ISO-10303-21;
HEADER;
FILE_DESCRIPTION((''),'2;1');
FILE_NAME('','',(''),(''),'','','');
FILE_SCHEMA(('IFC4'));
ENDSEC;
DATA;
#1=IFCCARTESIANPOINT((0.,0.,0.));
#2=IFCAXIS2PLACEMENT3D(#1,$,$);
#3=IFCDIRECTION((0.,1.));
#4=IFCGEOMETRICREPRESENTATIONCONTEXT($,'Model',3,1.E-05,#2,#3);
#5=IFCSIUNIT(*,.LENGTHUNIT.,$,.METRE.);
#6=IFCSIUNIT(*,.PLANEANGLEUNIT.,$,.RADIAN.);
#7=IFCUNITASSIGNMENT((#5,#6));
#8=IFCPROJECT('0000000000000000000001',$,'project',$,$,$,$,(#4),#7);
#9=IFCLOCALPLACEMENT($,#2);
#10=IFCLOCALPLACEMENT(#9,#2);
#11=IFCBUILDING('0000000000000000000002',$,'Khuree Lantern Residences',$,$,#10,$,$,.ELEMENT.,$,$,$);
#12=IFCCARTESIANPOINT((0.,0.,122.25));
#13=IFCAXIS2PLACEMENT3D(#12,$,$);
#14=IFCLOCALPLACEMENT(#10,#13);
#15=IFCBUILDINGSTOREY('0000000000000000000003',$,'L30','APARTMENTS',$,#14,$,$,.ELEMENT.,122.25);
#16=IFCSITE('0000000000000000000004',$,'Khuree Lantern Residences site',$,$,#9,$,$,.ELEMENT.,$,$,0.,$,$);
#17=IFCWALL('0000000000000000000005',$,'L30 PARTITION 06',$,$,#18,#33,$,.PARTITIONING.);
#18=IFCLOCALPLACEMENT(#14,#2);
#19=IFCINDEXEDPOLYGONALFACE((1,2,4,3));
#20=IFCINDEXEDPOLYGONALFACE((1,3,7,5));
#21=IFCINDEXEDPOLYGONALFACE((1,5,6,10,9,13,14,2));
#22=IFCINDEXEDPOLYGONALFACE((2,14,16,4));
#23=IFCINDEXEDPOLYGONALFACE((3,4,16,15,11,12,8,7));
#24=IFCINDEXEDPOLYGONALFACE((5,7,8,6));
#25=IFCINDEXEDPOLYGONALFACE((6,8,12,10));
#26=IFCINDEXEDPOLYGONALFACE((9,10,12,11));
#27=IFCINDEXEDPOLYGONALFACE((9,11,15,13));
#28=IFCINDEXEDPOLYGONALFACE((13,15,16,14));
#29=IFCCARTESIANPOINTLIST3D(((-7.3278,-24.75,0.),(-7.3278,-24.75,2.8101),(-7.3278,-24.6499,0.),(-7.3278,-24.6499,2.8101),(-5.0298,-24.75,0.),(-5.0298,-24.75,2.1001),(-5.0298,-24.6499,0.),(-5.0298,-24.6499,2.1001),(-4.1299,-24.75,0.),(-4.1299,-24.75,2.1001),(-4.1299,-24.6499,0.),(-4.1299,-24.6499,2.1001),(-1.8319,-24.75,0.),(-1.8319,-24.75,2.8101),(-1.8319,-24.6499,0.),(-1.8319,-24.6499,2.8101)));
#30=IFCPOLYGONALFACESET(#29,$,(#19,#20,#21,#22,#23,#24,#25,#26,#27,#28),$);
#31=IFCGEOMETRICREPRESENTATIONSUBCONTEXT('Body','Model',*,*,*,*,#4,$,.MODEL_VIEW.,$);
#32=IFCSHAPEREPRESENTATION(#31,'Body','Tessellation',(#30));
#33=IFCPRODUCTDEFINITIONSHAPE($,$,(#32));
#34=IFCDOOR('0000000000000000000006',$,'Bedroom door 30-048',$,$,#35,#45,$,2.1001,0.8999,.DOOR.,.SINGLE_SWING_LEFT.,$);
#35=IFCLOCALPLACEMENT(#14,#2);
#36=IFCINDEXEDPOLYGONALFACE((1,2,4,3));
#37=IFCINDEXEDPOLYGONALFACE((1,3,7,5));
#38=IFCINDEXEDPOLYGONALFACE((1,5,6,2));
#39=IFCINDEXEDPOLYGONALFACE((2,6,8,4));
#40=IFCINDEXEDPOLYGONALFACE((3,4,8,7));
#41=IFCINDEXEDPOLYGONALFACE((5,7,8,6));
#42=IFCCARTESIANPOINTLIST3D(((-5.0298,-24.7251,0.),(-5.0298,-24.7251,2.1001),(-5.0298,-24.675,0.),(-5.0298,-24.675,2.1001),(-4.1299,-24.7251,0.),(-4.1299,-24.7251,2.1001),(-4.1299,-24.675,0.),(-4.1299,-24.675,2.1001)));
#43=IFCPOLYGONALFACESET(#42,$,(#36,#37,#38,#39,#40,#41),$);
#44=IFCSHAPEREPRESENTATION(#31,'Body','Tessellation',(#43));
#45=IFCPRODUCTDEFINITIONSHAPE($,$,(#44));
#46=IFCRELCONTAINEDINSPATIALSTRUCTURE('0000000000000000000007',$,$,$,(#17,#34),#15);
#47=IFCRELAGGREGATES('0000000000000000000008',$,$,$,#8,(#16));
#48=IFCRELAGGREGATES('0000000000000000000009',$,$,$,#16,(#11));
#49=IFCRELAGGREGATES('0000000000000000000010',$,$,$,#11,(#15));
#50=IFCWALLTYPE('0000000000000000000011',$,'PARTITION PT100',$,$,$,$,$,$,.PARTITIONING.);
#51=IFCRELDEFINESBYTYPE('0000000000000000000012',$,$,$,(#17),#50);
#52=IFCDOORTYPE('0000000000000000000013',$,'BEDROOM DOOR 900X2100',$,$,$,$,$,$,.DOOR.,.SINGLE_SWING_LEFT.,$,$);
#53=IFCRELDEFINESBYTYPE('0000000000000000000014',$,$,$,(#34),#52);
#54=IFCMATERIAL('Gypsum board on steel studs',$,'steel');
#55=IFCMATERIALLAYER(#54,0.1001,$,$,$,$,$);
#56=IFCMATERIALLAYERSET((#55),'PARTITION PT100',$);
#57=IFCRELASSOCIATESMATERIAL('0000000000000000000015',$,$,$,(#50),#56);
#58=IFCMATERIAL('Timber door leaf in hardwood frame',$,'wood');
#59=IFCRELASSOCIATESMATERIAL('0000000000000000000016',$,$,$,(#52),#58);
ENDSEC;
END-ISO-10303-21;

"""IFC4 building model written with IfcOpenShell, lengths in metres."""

from ifc_helpers import new_model, si_unit, direction, frame, frame_2d, origin, place, context, subcontext, project, spatial, rectangle, extrude, material, layer, layer_set, type_object, element, fill, save


model = new_model("IFC4")

# Units and contexts
model_context = context("Model", 3, precision=1e-05, world=origin(), true_north=direction((0.0, 1.0)))
body_context = subcontext(model_context, "Body", "Model", "MODEL_VIEW")
ifc_project = project(units=[si_unit("LENGTHUNIT", "METRE"), si_unit("PLANEANGLEUNIT", "RADIAN")], contexts=[model_context])

# Site, building, storey
site_placement = place(None, origin())
site = spatial("IfcSite", under=ifc_project, at=site_placement, Name="Khuree Lantern Residences site", CompositionType="ELEMENT", RefElevation=0.0)
building_placement = place(site_placement, origin())
building = spatial("IfcBuilding", under=site, at=building_placement, Name="Khuree Lantern Residences", CompositionType="ELEMENT")
storey_placement = place(building_placement, frame((0.0, 0.0, 122.25)))
storey = spatial("IfcBuildingStorey", under=building, at=storey_placement, Name="L30", Description="APARTMENTS", CompositionType="ELEMENT", Elevation=122.25)

# Shared definitions
ifc_material_1 = material(Name="Gypsum board on steel studs", Category="steel")
ifc_layer_1 = layer(ifc_material_1, 0.1001)
ifc_layer_set_1 = layer_set([ifc_layer_1], Name="PARTITION PT100")
wall_type = type_object("IfcWallType", Name="PARTITION PT100", PredefinedType="PARTITIONING", material=ifc_layer_set_1)

# Shared definitions
ifc_material_2 = material(Name="Timber door leaf in hardwood frame", Category="wood")
door_type_1 = type_object("IfcDoorType", Name="BEDROOM DOOR 900X2100", OperationType="SINGLE_SWING_LEFT", PredefinedType="DOOR", material=ifc_material_2)

# Wall, opening, door
wall_1_placement = place(storey_placement, frame((-7.3279, -24.7, 0.0), z_axis=(0.0, 0.0, 1.0), x_axis=(1.0, 0.0, 0.0)))
wall_1 = element("IfcWall", 1, at=wall_1_placement, inside=storey, type_object=wall_type, Name="L30 PARTITION 06", PredefinedType="PARTITIONING", context=body_context, shape_type="SweptSolid", body=[
    extrude(rectangle(XDim=5.4958, YDim=0.1001, at=frame_2d((2.748, 0.0))), origin(), (0.0, 0.0, 1.0), 2.8101),
])
opening_1_placement = place(wall_1_placement, frame((2.2981, 0.0, 0.0)))
opening_1 = element("IfcOpeningElement", 2, at=opening_1_placement, cuts=wall_1, PredefinedType="OPENING", context=body_context, shape_type="SweptSolid", body=[
    extrude(rectangle(XDim=0.8999, YDim=2.1001, at=frame_2d((0.45, 1.05))), frame((0.0, 0.0601, 0.0), z_axis=(0.0, -1.0, 0.0), x_axis=(1.0, 0.0, 0.0)), (0.0, 0.0, 1.0), 0.1201),
])
door_1_placement = place(opening_1_placement, origin())
door_1 = element("IfcDoor", 3, at=door_1_placement, inside=storey, type_object=door_type_1, Name="Bedroom door 30-048", OperationType="SINGLE_SWING_LEFT", OverallHeight=2.1001, OverallWidth=0.8999, PredefinedType="DOOR", context=body_context, shape_type="SweptSolid", body=[
    extrude(rectangle(XDim=0.8999, YDim=2.1001, at=frame_2d((0.45, 1.05))), frame((0.0, 0.0249, 0.0), z_axis=(0.0, -1.0, 0.0), x_axis=(1.0, 0.0, 0.0)), (0.0, 0.0, 1.0), 0.05),
])
fill(opening_1, door_1)

save(model, "model.ifc")
